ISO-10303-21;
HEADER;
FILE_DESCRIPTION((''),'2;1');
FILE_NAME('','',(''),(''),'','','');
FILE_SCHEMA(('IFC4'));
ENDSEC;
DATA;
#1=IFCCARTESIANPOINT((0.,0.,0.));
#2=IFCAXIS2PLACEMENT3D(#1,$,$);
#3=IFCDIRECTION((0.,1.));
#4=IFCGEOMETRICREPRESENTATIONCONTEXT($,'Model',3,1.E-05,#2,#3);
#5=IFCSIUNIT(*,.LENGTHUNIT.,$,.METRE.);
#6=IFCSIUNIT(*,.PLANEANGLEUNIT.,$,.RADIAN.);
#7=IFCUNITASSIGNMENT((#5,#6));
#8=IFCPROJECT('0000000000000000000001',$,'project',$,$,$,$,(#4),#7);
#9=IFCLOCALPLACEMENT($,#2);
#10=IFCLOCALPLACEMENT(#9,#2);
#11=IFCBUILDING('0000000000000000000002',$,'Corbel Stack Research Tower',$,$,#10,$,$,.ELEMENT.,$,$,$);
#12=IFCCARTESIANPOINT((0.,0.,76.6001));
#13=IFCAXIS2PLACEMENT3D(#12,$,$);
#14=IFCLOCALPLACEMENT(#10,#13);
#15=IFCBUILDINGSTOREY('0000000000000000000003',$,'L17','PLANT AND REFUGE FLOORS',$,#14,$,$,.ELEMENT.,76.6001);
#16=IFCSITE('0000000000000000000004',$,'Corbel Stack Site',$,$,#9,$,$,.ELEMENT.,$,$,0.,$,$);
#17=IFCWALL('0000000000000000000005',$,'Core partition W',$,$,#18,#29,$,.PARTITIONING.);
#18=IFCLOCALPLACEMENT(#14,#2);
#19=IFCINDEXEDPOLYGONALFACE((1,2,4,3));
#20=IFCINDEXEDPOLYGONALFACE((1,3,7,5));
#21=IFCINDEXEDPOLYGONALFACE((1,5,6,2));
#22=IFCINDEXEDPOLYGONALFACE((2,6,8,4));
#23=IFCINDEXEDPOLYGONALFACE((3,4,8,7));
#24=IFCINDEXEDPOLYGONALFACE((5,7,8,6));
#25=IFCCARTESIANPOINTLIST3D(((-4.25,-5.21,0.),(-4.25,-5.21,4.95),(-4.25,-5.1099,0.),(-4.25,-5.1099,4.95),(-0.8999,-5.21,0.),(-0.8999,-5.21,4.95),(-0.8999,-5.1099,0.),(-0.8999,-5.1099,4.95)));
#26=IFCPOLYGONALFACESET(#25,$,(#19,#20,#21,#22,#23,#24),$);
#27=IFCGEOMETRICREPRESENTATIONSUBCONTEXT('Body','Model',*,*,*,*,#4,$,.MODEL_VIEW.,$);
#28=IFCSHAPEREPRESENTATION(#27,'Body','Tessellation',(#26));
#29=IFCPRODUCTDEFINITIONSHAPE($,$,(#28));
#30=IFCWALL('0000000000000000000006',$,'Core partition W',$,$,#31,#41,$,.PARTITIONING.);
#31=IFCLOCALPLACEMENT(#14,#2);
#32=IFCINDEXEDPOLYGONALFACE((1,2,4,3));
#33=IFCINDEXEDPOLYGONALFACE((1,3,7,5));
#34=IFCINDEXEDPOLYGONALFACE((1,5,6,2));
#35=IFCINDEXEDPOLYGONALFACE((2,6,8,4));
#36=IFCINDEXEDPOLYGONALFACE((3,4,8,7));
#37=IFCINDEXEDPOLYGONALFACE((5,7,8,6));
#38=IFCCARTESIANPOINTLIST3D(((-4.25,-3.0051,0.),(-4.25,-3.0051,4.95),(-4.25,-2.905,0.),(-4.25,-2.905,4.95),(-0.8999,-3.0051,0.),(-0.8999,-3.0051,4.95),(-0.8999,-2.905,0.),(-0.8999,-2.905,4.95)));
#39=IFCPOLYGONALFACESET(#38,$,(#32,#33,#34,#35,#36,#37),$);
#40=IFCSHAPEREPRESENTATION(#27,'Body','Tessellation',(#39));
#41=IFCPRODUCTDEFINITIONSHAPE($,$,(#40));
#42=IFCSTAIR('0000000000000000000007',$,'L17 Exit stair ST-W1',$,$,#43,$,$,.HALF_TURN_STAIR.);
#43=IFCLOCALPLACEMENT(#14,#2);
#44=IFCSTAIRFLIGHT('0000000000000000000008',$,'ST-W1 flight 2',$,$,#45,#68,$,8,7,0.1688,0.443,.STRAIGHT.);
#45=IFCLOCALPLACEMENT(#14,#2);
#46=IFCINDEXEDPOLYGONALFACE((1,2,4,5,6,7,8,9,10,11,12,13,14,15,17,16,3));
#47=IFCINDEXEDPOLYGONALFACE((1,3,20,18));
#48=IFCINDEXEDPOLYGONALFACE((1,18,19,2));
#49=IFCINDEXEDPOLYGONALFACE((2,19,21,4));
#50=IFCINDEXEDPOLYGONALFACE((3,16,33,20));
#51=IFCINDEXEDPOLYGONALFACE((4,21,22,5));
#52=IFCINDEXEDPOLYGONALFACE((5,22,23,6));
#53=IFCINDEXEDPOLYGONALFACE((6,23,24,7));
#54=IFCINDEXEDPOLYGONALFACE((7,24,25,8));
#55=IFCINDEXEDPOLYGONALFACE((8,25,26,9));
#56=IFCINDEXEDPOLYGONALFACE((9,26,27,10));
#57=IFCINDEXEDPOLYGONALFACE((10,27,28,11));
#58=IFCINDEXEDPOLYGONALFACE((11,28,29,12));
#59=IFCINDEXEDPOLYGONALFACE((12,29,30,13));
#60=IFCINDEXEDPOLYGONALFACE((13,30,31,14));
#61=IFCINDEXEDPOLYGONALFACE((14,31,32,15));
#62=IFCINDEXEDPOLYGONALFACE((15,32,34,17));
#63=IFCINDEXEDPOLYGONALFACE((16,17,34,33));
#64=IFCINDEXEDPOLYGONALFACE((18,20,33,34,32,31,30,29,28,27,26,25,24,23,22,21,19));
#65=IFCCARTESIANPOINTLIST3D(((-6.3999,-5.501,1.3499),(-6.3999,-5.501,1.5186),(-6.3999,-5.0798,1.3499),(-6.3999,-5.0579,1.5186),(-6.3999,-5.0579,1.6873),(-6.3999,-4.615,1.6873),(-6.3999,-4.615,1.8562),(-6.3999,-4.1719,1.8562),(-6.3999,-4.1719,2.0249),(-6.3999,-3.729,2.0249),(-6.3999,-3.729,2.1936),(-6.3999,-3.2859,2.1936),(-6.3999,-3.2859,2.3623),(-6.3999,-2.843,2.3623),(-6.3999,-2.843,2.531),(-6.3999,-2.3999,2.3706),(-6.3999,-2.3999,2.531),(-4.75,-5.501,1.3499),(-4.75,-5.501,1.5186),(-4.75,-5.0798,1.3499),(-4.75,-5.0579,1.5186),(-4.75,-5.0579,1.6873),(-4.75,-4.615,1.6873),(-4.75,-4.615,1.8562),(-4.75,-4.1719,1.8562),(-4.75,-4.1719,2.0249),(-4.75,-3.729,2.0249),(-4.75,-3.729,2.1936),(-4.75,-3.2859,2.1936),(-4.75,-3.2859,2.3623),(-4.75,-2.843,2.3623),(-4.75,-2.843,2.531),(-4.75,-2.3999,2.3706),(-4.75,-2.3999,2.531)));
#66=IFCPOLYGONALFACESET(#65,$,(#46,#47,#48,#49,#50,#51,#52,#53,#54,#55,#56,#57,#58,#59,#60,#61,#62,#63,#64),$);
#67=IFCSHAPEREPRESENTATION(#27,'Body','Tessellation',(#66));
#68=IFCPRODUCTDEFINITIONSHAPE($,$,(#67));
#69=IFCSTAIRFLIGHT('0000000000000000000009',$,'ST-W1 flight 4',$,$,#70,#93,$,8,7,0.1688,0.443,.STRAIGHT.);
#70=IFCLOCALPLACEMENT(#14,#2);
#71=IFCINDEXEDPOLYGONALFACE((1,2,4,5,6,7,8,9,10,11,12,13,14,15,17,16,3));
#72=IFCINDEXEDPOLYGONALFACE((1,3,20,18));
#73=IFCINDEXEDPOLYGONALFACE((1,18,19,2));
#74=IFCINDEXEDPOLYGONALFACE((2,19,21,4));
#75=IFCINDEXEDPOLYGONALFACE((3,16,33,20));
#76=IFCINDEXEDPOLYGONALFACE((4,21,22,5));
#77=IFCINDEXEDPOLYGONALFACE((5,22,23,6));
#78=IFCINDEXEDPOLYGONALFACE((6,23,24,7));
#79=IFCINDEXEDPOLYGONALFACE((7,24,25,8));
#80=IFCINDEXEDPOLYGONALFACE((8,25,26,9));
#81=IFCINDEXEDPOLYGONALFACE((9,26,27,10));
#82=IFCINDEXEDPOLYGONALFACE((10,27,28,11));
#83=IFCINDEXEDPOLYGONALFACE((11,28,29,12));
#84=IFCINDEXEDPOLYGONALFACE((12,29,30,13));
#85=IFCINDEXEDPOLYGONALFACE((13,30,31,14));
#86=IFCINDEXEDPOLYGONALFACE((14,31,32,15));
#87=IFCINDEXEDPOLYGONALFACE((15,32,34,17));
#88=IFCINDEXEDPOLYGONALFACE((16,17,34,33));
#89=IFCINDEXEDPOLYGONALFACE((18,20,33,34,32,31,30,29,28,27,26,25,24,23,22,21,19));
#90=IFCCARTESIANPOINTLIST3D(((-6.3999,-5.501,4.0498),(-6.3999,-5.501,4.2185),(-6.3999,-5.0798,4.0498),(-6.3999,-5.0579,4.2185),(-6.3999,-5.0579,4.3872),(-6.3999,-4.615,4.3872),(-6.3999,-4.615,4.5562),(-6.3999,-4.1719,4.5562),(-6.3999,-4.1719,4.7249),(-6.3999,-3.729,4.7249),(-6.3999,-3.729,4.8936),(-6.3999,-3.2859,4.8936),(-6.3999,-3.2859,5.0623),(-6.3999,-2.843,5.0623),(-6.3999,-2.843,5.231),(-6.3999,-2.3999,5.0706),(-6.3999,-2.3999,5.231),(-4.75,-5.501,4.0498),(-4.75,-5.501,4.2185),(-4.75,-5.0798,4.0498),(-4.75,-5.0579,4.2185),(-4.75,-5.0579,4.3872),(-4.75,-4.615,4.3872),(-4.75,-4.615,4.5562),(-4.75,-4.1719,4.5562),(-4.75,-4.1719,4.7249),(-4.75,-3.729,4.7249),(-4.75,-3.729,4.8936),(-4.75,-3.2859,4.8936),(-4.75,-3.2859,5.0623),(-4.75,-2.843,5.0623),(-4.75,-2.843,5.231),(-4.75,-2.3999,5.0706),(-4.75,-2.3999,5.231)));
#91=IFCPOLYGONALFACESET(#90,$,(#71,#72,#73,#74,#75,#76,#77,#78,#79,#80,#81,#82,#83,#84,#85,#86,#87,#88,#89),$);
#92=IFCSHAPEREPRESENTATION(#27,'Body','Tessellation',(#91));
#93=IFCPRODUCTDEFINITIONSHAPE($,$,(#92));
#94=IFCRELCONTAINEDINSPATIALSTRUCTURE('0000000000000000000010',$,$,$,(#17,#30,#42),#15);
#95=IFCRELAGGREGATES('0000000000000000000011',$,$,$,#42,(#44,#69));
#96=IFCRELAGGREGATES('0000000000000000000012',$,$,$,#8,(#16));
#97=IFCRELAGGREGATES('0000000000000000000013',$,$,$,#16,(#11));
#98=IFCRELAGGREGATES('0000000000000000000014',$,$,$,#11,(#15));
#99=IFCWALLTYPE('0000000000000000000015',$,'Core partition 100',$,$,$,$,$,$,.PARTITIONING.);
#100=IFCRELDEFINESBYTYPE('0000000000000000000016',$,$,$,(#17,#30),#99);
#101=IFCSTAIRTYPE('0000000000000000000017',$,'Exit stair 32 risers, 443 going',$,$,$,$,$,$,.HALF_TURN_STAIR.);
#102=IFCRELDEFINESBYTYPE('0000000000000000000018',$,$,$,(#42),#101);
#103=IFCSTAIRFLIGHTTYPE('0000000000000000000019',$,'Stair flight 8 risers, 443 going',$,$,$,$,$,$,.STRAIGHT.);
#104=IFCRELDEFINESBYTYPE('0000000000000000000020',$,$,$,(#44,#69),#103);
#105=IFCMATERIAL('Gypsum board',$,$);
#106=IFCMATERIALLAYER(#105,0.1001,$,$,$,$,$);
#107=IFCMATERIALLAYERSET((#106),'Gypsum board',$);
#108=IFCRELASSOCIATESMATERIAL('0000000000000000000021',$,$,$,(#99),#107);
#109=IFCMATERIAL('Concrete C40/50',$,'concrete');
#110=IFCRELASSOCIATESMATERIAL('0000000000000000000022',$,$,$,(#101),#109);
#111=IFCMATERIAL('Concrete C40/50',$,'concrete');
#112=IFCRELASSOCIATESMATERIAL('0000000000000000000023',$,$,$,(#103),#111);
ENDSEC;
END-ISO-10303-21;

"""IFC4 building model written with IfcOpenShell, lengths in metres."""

from ifc_helpers import new_model, si_unit, direction, frame, frame_2d, origin, place, context, subcontext, project, spatial, polyline, rectangle, outline, extrude, material, layer, layer_set, type_object, element, aggregate, save


model = new_model("IFC4")

# Units and contexts
model_context = context("Model", 3, precision=1e-05, world=origin(), true_north=direction((0.0, 1.0)))
body_context = subcontext(model_context, "Body", "Model", "MODEL_VIEW")
ifc_project = project(units=[si_unit("LENGTHUNIT", "METRE"), si_unit("PLANEANGLEUNIT", "RADIAN")], contexts=[model_context])

# Site, building, storey
site_placement = place(None, origin())
site = spatial("IfcSite", under=ifc_project, at=site_placement, Name="Corbel Stack Site", CompositionType="ELEMENT", RefElevation=0.0)
building_placement = place(site_placement, origin())
building = spatial("IfcBuilding", under=site, at=building_placement, Name="Corbel Stack Research Tower", CompositionType="ELEMENT")
storey_placement = place(building_placement, frame((0.0, 0.0, 76.6001)))
storey = spatial("IfcBuildingStorey", under=building, at=storey_placement, Name="L17", Description="PLANT AND REFUGE FLOORS", CompositionType="ELEMENT", Elevation=76.6001)

# Shared definitions
ifc_material_1 = material(Name="Gypsum board")
ifc_layer_1 = layer(ifc_material_1, 0.1001)
ifc_layer_set_1 = layer_set([ifc_layer_1], Name="Gypsum board")
wall_type_1 = type_object("IfcWallType", Name="Core partition 100", PredefinedType="PARTITIONING", material=ifc_layer_set_1)

# Walls
for number, where, z_axis, x_axis, name in (
    (1, (-4.25, -5.1599, 0.0), (0.0, 0.0, 1.0), (1.0, 0.0, 0.0), "Core partition W"),
    (2, (-4.25, -2.9551, 0.0), (0.0, 0.0, 1.0), (1.0, 0.0, 0.0), "Core partition W"),
):
    element("IfcWall", number, at=place(storey_placement, frame(where, z_axis=z_axis, x_axis=x_axis)), inside=storey, type_object=wall_type_1, Name=name, PredefinedType="PARTITIONING", context=body_context, shape_type="SweptSolid", body=[
        extrude(rectangle(XDim=3.3501, YDim=0.1001, at=frame_2d((1.675, 0.0))), origin(), (0.0, 0.0, 1.0), 4.95),
    ])

# Stair, stair flights
ifc_material_2 = material(Name="Concrete C40/50", Category="concrete")
stair_type = type_object("IfcStairType", Name="Exit stair 32 risers, 443 going", PredefinedType="HALF_TURN_STAIR", material=ifc_material_2)
stair_placement = place(storey_placement, origin())
stair = element("IfcStair", 3, at=stair_placement, inside=storey, type_object=stair_type, Name="L17 Exit stair ST-W1", PredefinedType="HALF_TURN_STAIR")
ifc_material_3 = material(Name="Concrete C40/50", Category="concrete")
stair_flight_type = type_object("IfcStairFlightType", Name="Stair flight 8 risers, 443 going", PredefinedType="STRAIGHT", material=ifc_material_3)
stair_flight_1_placement = place(storey_placement, frame((-5.575, -5.501, 1.3499), z_axis=(0.0, 0.0, 1.0), x_axis=(0.0, 1.0, 0.0)))
stair_flight_1 = element("IfcStairFlight", 4, at=stair_flight_1_placement, type_object=stair_flight_type, Name="ST-W1 flight 2", NumberOfRisers=8, NumberOfTreads=7, PredefinedType="STRAIGHT", RiserHeight=0.1688, TreadLength=0.443, context=body_context, shape_type="SweptSolid", body=[
    extrude(outline(polyline([(0.0, 0.0), (0.0, 0.1687), (0.4431, 0.1687), (0.4431, 0.3374), (0.886, 0.3374), (0.886, 0.5063), (1.3291, 0.5063), (1.3291, 0.675), (1.772, 0.675), (1.772, 0.8438), (2.2151, 0.8438), (2.2151, 1.0125), (2.658, 1.0125), (2.658, 1.1812), (3.1011, 1.1812), (3.1011, 1.3501), (3.1011, 1.0208), (0.4211, 0.0), (0.0, 0.0)])), frame((0.0, 0.825, 0.0), z_axis=(0.0, -1.0, 0.0), x_axis=(1.0, 0.0, 0.0)), (0.0, 0.0, 1.0), 1.6499),
])
stair_flight_2_placement = place(storey_placement, frame((-5.575, -5.501, 4.0498), z_axis=(0.0, 0.0, 1.0), x_axis=(0.0, 1.0, 0.0)))
stair_flight_2 = element("IfcStairFlight", 5, at=stair_flight_2_placement, type_object=stair_flight_type, Name="ST-W1 flight 4", NumberOfRisers=8, NumberOfTreads=7, PredefinedType="STRAIGHT", RiserHeight=0.1688, TreadLength=0.443, context=body_context, shape_type="SweptSolid", body=[
    extrude(outline(polyline([(0.0, 0.0), (0.0, 0.1687), (0.4431, 0.1687), (0.4431, 0.3374), (0.886, 0.3374), (0.886, 0.5063), (1.3291, 0.5063), (1.3291, 0.675), (1.772, 0.675), (1.772, 0.8438), (2.2151, 0.8438), (2.2151, 1.0125), (2.658, 1.0125), (2.658, 1.1812), (3.1011, 1.1812), (3.1011, 1.3501), (3.1011, 1.0208), (0.4211, 0.0), (0.0, 0.0)])), frame((0.0, 0.825, 0.0), z_axis=(0.0, -1.0, 0.0), x_axis=(1.0, 0.0, 0.0)), (0.0, 0.0, 1.0), 1.6499),
])
aggregate(stair, [stair_flight_1, stair_flight_2])

save(model, "model.ifc")
